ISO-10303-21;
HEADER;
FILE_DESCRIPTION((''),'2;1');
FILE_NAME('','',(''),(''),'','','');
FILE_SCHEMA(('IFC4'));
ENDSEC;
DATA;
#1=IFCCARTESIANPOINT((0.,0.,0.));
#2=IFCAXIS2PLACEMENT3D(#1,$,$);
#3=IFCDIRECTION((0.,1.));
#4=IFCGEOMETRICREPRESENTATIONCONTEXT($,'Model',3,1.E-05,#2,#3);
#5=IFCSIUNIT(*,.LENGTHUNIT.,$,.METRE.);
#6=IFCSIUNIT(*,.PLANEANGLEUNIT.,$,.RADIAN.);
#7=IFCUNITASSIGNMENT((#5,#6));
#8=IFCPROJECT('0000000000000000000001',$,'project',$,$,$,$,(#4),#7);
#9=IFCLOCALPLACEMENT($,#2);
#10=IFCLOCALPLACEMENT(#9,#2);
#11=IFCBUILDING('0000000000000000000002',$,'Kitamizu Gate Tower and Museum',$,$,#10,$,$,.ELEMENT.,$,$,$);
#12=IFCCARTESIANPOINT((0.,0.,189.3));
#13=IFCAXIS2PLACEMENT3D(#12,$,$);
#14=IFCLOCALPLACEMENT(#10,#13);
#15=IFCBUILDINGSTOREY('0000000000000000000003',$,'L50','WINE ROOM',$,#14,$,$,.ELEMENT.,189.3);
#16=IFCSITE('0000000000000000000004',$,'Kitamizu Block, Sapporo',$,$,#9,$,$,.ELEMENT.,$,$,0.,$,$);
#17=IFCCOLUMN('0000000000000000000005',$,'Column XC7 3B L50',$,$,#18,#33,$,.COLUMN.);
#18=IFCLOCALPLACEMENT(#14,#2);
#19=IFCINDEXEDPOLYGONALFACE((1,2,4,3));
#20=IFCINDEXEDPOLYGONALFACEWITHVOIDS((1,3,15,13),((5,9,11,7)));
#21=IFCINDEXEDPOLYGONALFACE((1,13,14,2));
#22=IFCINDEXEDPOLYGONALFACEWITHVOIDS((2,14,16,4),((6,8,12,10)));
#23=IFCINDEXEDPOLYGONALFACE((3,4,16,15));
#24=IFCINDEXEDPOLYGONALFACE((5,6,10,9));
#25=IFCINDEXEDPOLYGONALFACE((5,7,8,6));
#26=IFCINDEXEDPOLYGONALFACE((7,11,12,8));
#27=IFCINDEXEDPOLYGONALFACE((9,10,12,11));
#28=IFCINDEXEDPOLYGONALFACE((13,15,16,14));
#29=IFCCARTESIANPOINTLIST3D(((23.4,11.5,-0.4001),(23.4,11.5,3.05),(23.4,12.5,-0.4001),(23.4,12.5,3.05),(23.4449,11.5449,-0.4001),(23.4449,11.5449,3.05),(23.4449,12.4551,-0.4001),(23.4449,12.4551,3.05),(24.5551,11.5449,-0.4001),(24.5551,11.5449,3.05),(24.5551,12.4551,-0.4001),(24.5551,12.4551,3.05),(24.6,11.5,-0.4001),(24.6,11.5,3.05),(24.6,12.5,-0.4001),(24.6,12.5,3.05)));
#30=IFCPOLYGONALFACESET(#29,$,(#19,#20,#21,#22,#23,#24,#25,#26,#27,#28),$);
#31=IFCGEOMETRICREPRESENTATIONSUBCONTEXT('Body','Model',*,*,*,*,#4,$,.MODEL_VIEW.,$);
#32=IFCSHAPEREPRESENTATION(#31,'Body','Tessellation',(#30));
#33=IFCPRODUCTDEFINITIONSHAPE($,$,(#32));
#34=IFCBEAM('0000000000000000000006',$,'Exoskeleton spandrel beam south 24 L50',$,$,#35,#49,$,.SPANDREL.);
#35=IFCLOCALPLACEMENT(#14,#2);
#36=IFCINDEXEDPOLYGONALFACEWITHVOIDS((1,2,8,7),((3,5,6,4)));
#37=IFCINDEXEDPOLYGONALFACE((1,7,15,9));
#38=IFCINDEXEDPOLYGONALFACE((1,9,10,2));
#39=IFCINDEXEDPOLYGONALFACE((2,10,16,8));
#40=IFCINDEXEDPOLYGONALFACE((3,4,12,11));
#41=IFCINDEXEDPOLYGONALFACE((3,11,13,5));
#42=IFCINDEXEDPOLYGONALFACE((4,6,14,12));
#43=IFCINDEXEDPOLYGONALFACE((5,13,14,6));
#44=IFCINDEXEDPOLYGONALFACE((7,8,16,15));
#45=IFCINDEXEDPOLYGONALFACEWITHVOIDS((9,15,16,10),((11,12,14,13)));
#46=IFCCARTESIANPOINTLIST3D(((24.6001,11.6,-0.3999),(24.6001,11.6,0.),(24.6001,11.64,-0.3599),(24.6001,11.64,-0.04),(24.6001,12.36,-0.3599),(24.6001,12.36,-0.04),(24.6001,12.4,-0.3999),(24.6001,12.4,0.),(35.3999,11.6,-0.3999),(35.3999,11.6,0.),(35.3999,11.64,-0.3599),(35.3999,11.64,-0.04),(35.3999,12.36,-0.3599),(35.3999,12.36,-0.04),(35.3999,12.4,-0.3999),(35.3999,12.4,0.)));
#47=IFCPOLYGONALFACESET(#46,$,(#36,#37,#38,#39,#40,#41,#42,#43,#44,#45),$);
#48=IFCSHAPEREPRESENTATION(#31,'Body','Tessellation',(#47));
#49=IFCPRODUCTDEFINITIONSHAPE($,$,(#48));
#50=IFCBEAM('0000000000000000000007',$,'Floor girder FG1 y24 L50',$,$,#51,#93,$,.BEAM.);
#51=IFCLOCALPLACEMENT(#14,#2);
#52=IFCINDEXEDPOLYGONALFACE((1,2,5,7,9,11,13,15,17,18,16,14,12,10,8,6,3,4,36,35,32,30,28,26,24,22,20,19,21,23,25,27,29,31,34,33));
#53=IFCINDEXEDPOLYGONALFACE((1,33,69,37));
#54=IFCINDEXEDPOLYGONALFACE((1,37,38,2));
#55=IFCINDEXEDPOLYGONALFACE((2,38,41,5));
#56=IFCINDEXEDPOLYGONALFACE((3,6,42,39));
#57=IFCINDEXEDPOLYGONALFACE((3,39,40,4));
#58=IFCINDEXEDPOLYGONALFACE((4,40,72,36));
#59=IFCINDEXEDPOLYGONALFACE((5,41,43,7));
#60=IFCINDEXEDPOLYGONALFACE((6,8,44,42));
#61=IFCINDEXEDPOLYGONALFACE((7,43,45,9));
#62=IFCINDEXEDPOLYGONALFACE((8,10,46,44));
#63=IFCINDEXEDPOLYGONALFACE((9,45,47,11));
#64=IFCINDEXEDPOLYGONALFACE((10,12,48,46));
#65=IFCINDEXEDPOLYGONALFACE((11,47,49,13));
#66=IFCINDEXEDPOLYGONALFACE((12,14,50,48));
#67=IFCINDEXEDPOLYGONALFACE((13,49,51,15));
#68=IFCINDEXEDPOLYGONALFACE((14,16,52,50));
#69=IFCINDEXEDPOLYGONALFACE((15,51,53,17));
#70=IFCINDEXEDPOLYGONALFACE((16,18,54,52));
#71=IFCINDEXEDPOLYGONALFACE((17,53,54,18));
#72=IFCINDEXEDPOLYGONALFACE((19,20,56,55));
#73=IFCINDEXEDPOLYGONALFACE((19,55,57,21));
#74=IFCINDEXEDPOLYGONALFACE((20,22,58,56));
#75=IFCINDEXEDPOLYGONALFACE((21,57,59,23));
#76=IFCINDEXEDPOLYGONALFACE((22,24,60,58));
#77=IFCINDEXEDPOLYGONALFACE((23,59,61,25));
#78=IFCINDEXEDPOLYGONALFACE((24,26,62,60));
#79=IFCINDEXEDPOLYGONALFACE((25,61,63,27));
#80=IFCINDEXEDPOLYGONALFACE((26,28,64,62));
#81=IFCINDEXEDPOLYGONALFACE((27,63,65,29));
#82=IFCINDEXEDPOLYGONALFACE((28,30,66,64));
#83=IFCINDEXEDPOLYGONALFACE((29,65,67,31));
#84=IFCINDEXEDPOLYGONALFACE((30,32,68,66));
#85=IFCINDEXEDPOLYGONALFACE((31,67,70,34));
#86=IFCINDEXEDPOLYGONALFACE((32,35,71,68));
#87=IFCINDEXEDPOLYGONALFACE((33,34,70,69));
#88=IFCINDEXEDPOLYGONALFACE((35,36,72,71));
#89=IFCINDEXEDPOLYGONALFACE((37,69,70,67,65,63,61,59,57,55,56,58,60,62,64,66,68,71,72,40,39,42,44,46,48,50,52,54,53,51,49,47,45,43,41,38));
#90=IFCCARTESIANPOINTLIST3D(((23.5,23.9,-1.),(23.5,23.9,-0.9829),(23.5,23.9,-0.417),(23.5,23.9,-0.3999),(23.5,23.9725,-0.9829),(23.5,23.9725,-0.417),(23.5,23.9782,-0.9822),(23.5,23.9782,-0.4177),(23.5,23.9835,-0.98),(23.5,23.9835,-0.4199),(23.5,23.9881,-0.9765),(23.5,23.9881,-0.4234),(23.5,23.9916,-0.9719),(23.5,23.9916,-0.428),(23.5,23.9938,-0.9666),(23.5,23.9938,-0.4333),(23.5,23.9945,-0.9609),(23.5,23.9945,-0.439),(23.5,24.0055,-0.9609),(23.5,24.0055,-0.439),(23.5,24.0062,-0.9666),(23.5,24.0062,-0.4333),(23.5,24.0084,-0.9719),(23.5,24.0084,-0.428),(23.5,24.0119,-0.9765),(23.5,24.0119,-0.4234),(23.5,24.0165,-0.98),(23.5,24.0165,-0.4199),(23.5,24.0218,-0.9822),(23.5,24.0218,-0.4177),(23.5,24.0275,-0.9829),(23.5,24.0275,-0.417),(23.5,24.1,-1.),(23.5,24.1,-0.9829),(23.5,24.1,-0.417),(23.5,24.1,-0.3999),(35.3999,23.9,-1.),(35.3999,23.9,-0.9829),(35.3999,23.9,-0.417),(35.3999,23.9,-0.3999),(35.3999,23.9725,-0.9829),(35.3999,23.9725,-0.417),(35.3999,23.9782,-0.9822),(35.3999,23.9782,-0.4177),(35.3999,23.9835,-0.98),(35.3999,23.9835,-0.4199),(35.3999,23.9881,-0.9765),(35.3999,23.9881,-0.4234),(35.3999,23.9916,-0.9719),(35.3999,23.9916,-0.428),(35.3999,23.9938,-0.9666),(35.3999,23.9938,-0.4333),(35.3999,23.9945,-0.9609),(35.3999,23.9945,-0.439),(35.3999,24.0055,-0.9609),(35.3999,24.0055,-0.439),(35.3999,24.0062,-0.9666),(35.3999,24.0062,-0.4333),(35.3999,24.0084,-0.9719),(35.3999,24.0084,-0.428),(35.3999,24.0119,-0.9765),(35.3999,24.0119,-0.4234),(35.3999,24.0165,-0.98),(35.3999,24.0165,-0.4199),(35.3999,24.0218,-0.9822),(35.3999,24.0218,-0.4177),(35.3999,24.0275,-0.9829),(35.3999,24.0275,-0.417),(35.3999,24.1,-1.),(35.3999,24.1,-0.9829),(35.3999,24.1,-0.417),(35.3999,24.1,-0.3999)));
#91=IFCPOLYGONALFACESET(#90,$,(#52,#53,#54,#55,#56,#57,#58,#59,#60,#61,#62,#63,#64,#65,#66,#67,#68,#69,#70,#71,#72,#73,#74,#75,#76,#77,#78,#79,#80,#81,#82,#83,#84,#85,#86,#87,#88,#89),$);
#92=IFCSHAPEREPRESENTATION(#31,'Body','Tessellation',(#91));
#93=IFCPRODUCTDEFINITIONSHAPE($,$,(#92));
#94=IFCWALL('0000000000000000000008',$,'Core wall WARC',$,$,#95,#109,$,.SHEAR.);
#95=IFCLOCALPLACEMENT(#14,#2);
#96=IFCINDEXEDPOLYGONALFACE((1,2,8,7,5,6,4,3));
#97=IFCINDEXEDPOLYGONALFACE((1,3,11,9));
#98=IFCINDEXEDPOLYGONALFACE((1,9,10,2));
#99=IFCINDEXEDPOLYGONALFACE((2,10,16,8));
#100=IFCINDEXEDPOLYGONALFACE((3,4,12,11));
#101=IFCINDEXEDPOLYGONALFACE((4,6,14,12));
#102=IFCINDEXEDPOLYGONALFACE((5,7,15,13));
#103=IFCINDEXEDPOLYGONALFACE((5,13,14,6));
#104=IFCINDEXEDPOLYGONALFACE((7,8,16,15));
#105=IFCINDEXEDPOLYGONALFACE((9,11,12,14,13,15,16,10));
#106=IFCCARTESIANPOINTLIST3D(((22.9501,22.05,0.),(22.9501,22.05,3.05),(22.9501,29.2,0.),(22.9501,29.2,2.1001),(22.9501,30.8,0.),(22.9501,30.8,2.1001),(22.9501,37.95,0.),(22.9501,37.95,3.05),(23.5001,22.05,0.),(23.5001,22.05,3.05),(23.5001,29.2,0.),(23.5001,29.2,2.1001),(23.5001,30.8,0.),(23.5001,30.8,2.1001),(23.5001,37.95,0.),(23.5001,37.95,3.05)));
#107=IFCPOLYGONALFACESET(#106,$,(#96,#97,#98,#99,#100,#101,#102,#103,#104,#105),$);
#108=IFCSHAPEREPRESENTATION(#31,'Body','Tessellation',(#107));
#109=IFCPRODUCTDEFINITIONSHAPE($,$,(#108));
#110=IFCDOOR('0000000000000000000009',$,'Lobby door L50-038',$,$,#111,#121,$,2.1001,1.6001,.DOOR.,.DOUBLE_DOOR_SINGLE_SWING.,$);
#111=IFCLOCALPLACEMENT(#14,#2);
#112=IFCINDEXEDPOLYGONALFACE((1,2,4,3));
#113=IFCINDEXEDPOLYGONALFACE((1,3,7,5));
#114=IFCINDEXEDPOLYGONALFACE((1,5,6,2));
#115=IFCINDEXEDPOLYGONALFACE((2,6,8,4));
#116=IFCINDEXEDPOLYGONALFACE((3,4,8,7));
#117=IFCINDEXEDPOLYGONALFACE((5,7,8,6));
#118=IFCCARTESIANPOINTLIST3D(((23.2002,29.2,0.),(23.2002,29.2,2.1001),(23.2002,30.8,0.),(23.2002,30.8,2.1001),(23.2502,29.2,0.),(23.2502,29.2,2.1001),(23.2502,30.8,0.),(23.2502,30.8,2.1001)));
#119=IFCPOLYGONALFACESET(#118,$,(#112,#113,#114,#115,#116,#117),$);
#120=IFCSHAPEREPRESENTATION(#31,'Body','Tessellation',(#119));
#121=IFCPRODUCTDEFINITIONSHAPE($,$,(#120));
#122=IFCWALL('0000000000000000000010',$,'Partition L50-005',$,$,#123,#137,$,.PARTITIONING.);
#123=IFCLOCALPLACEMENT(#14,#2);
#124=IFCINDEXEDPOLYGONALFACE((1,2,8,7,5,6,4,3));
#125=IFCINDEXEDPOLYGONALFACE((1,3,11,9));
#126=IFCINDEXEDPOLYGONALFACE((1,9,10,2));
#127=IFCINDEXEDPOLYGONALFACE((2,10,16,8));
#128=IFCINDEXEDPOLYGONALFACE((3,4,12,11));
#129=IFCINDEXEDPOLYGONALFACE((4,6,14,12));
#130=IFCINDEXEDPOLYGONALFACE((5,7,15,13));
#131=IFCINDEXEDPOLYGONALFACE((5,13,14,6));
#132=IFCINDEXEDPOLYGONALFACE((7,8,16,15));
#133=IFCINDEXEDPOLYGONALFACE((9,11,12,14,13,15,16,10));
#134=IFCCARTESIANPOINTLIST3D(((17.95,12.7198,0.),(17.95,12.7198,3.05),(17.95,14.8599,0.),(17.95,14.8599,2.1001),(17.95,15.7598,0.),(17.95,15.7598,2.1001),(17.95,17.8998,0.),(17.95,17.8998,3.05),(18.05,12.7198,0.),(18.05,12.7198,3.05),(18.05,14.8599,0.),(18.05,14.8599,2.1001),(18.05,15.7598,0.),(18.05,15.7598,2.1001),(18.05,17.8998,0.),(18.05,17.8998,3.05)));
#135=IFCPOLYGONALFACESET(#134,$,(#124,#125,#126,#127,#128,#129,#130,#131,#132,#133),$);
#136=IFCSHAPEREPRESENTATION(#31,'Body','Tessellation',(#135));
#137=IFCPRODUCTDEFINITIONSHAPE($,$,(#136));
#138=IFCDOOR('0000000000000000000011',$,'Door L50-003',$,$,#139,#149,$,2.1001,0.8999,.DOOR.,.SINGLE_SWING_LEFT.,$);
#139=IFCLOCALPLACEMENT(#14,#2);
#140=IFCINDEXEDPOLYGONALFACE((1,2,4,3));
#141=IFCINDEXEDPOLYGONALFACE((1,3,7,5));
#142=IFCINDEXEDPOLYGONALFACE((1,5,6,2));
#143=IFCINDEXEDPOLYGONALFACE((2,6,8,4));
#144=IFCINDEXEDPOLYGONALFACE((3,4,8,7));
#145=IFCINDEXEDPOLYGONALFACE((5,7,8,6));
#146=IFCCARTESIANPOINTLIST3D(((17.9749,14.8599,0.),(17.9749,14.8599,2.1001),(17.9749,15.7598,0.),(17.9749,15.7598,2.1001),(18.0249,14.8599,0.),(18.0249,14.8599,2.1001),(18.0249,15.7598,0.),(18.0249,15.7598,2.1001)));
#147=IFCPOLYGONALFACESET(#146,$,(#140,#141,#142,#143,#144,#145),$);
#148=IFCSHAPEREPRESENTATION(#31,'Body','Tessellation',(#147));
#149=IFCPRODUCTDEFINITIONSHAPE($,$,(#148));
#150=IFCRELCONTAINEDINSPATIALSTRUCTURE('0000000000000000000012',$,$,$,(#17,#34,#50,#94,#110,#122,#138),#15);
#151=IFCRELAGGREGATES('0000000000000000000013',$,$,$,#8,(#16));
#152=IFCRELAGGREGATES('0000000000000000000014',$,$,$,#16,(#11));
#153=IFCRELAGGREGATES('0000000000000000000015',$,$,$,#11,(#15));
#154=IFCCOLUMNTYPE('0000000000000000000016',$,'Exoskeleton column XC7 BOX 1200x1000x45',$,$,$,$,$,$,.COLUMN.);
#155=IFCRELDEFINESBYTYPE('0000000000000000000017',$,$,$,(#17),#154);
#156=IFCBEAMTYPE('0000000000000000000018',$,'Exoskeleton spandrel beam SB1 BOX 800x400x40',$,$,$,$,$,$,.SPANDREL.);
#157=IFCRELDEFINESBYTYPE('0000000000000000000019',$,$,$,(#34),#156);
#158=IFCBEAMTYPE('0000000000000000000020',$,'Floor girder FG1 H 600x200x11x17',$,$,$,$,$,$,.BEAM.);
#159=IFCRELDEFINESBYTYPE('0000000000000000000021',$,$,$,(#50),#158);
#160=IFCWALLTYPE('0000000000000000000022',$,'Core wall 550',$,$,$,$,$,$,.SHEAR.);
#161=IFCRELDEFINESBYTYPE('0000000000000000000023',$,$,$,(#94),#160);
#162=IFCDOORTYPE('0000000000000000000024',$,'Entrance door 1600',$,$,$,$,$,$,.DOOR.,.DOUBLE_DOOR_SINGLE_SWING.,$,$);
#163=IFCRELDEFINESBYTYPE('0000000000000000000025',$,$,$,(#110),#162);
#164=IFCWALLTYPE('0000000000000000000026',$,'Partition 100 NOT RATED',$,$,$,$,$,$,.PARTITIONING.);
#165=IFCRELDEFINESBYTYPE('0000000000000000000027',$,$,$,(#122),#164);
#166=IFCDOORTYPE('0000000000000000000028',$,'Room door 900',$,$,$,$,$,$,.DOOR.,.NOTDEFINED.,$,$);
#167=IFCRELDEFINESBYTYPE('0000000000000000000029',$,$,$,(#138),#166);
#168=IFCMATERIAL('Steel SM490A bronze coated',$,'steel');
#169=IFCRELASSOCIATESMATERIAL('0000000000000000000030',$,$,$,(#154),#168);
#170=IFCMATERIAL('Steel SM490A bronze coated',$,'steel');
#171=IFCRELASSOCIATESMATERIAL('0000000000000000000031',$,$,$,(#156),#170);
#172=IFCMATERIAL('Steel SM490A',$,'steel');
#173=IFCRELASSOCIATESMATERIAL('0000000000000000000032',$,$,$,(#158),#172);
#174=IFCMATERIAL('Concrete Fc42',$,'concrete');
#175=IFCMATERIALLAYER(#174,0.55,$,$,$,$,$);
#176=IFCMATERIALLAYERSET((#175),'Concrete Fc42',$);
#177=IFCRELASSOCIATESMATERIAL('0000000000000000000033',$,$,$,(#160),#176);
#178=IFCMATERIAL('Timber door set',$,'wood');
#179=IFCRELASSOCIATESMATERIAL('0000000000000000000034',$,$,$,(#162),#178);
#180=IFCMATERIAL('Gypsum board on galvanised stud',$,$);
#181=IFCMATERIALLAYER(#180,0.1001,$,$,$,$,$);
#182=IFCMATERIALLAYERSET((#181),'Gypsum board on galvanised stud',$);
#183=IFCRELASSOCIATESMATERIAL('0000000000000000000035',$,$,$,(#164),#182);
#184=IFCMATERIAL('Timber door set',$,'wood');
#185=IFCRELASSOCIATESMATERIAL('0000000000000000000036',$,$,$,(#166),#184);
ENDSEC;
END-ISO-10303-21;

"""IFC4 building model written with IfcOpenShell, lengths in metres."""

from ifc_helpers import new_model, si_unit, direction, frame, frame_2d, origin, origin_2d, place, context, subcontext, project, spatial, rectangle, hollow_rectangle, i_section, extrude, material, layer, layer_set, material_profile, profile_set, type_object, element, fill, save


model = new_model("IFC4")

# Units and contexts
model_context = context("Model", 3, precision=1e-05, world=origin(), true_north=direction((0.0, 1.0)))
body_context = subcontext(model_context, "Body", "Model", "MODEL_VIEW")
ifc_project = project(units=[si_unit("LENGTHUNIT", "METRE"), si_unit("PLANEANGLEUNIT", "RADIAN")], contexts=[model_context])

# Site, building, storey
site_placement = place(None, origin())
site = spatial("IfcSite", under=ifc_project, at=site_placement, Name="Kitamizu Block, Sapporo", CompositionType="ELEMENT", RefElevation=0.0)
building_placement = place(site_placement, origin())
building = spatial("IfcBuilding", under=site, at=building_placement, Name="Kitamizu Gate Tower and Museum", CompositionType="ELEMENT")
storey_placement = place(building_placement, frame((0.0, 0.0, 189.3)))
storey = spatial("IfcBuildingStorey", under=building, at=storey_placement, Name="L50", Description="WINE ROOM", CompositionType="ELEMENT", Elevation=189.3)

# Column
ifc_material_1 = material(Name="Steel SM490A bronze coated", Category="steel")
ifc_material_profile_1 = material_profile(ifc_material_1, hollow_rectangle(XDim=1.2, YDim=1.0, WallThickness=0.0449, at=origin_2d()), Name="BOX 1200x1000x45")
ifc_profile_set_1 = profile_set([ifc_material_profile_1], Name="Steel SM490A bronze coated")
column_type = type_object("IfcColumnType", Name="Exoskeleton column XC7 BOX 1200x1000x45", PredefinedType="COLUMN", material=ifc_profile_set_1)
column_placement = place(storey_placement, frame((24.0, 12.0, -0.4001), z_axis=(0.0, 0.0, 1.0), x_axis=(1.0, 0.0, 0.0)))
element("IfcColumn", 1, at=column_placement, inside=storey, type_object=column_type, Name="Column XC7 3B L50", PredefinedType="COLUMN", context=body_context, shape_type="SweptSolid", body=[
    extrude(hollow_rectangle(XDim=1.2, YDim=1.0, WallThickness=0.0449, at=origin_2d()), origin(), (0.0, 0.0, 1.0), 3.4502),
])

# Beams
ifc_material_2 = material(Name="Steel SM490A bronze coated", Category="steel")
ifc_material_profile_2 = material_profile(ifc_material_2, hollow_rectangle(XDim=0.8, YDim=0.3999, WallThickness=0.04, at=origin_2d()), Name="BOX 800x400x40")
ifc_profile_set_2 = profile_set([ifc_material_profile_2], Name="Steel SM490A bronze coated")
beam_type_1 = type_object("IfcBeamType", Name="Exoskeleton spandrel beam SB1 BOX 800x400x40", PredefinedType="SPANDREL", material=ifc_profile_set_2)
beam_1_placement = place(storey_placement, frame((24.6001, 12.0, -0.2), z_axis=(1.0, 0.0, 0.0), x_axis=(0.0, 1.0, 0.0)))
element("IfcBeam", 2, at=beam_1_placement, inside=storey, type_object=beam_type_1, Name="Exoskeleton spandrel beam south 24 L50", PredefinedType="SPANDREL", context=body_context, shape_type="SweptSolid", body=[
    extrude(hollow_rectangle(XDim=0.8, YDim=0.3999, WallThickness=0.04, at=origin_2d()), origin(), (0.0, 0.0, 1.0), 10.7998),
])
ifc_material_3 = material(Name="Steel SM490A", Category="steel")
ifc_material_profile_3 = material_profile(ifc_material_3, i_section(OverallWidth=0.2, OverallDepth=0.6001, WebThickness=0.011, FlangeThickness=0.0171, FilletRadius=0.022, at=origin_2d()), Name="H-600x200x11x17")
ifc_profile_set_3 = profile_set([ifc_material_profile_3], Name="Steel SM490A")
beam_type_2 = type_object("IfcBeamType", Name="Floor girder FG1 H 600x200x11x17", PredefinedType="BEAM", material=ifc_profile_set_3)
beam_2_placement = place(storey_placement, frame((23.5, 24.0, -0.7), z_axis=(1.0, 0.0, 0.0), x_axis=(0.0, 1.0, 0.0)))
element("IfcBeam", 3, at=beam_2_placement, inside=storey, type_object=beam_type_2, Name="Floor girder FG1 y24 L50", PredefinedType="BEAM", context=body_context, shape_type="SweptSolid", body=[
    extrude(i_section(OverallWidth=0.2, OverallDepth=0.6001, WebThickness=0.011, FlangeThickness=0.0171, FilletRadius=0.022, at=origin_2d()), origin(), (0.0, 0.0, 1.0), 11.8999),
])

# Walls, openings, doors
ifc_material_4 = material(Name="Concrete Fc42", Category="concrete")
ifc_layer_1 = layer(ifc_material_4, 0.55)
ifc_layer_set_1 = layer_set([ifc_layer_1], Name="Concrete Fc42")
wall_type_1 = type_object("IfcWallType", Name="Core wall 550", PredefinedType="SHEAR", material=ifc_layer_set_1)
wall_1_placement = place(storey_placement, frame((23.2251, 22.05, 0.0), z_axis=(0.0, 0.0, 1.0), x_axis=(0.0, 1.0, 0.0)))
wall_1 = element("IfcWall", 4, at=wall_1_placement, inside=storey, type_object=wall_type_1, Name="Core wall WARC", PredefinedType="SHEAR", context=body_context, shape_type="SweptSolid", body=[
    extrude(rectangle(XDim=15.8999, YDim=0.55, at=frame_2d((7.95, 0.0))), origin(), (0.0, 0.0, 1.0), 3.05),
])
opening_1_placement = place(wall_1_placement, frame((7.1499, 0.0, 0.0)))
opening_1 = element("IfcOpeningElement", 5, at=opening_1_placement, cuts=wall_1, PredefinedType="OPENING", context=body_context, shape_type="SweptSolid", body=[
    extrude(rectangle(XDim=1.6001, YDim=2.1001, at=frame_2d((0.8, 1.05))), frame((0.0, 0.2852, 0.0), z_axis=(0.0, -1.0, 0.0), x_axis=(1.0, 0.0, 0.0)), (0.0, 0.0, 1.0), 0.5701),
])
ifc_material_5 = material(Name="Timber door set", Category="wood")
door_type_1 = type_object("IfcDoorType", Name="Entrance door 1600", OperationType="DOUBLE_DOOR_SINGLE_SWING", PredefinedType="DOOR", material=ifc_material_5)
door_1_placement = place(opening_1_placement, origin())
door_1 = element("IfcDoor", 6, at=door_1_placement, inside=storey, type_object=door_type_1, Name="Lobby door L50-038", OperationType="DOUBLE_DOOR_SINGLE_SWING", OverallHeight=2.1001, OverallWidth=1.6001, PredefinedType="DOOR", context=body_context, shape_type="SweptSolid", body=[
    extrude(rectangle(XDim=1.6001, YDim=2.1001, at=frame_2d((0.8, 1.05))), frame((0.0, 0.0249, 0.0), z_axis=(0.0, -1.0, 0.0), x_axis=(1.0, 0.0, 0.0)), (0.0, 0.0, 1.0), 0.05),
])
fill(opening_1, door_1)
ifc_material_6 = material(Name="Gypsum board on galvanised stud")
ifc_layer_2 = layer(ifc_material_6, 0.1001)
ifc_layer_set_2 = layer_set([ifc_layer_2], Name="Gypsum board on galvanised stud")
wall_type_2 = type_object("IfcWallType", Name="Partition 100 NOT RATED", PredefinedType="PARTITIONING", material=ifc_layer_set_2)
wall_2_placement = place(storey_placement, frame((18.0, 12.72, 0.0), z_axis=(0.0, 0.0, 1.0), x_axis=(0.0, 1.0, 0.0)))
wall_2 = element("IfcWall", 7, at=wall_2_placement, inside=storey, type_object=wall_type_2, Name="Partition L50-005", PredefinedType="PARTITIONING", context=body_context, shape_type="SweptSolid", body=[
    extrude(rectangle(XDim=5.1799, YDim=0.1001, at=frame_2d((2.5898, 0.0))), origin(), (0.0, 0.0, 1.0), 3.05),
])
opening_2_placement = place(wall_2_placement, frame((2.1399, 0.0, 0.0)))
opening_2 = element("IfcOpeningElement", 8, at=opening_2_placement, cuts=wall_2, PredefinedType="OPENING", context=body_context, shape_type="SweptSolid", body=[
    extrude(rectangle(XDim=0.8999, YDim=2.1001, at=frame_2d((0.45, 1.05))), frame((0.0, 0.0601, 0.0), z_axis=(0.0, -1.0, 0.0), x_axis=(1.0, 0.0, 0.0)), (0.0, 0.0, 1.0), 0.1201),
])
ifc_material_7 = material(Name="Timber door set", Category="wood")
door_type_2 = type_object("IfcDoorType", Name="Room door 900", OperationType="NOTDEFINED", PredefinedType="DOOR", material=ifc_material_7)
door_2_placement = place(opening_2_placement, frame((0.8999, 0.0, 0.0), x_axis=(-1.0, 0.0, 0.0)))
door_2 = element("IfcDoor", 9, at=door_2_placement, inside=storey, type_object=door_type_2, Name="Door L50-003", OperationType="SINGLE_SWING_LEFT", OverallHeight=2.1001, OverallWidth=0.8999, PredefinedType="DOOR", context=body_context, shape_type="SweptSolid", body=[
    extrude(rectangle(XDim=0.8999, YDim=2.1001, at=frame_2d((0.45, 1.05))), frame((0.0, 0.0249, 0.0), z_axis=(0.0, -1.0, 0.0), x_axis=(1.0, 0.0, 0.0)), (0.0, 0.0, 1.0), 0.05),
])
fill(opening_2, door_2)

save(model, "model.ifc")
